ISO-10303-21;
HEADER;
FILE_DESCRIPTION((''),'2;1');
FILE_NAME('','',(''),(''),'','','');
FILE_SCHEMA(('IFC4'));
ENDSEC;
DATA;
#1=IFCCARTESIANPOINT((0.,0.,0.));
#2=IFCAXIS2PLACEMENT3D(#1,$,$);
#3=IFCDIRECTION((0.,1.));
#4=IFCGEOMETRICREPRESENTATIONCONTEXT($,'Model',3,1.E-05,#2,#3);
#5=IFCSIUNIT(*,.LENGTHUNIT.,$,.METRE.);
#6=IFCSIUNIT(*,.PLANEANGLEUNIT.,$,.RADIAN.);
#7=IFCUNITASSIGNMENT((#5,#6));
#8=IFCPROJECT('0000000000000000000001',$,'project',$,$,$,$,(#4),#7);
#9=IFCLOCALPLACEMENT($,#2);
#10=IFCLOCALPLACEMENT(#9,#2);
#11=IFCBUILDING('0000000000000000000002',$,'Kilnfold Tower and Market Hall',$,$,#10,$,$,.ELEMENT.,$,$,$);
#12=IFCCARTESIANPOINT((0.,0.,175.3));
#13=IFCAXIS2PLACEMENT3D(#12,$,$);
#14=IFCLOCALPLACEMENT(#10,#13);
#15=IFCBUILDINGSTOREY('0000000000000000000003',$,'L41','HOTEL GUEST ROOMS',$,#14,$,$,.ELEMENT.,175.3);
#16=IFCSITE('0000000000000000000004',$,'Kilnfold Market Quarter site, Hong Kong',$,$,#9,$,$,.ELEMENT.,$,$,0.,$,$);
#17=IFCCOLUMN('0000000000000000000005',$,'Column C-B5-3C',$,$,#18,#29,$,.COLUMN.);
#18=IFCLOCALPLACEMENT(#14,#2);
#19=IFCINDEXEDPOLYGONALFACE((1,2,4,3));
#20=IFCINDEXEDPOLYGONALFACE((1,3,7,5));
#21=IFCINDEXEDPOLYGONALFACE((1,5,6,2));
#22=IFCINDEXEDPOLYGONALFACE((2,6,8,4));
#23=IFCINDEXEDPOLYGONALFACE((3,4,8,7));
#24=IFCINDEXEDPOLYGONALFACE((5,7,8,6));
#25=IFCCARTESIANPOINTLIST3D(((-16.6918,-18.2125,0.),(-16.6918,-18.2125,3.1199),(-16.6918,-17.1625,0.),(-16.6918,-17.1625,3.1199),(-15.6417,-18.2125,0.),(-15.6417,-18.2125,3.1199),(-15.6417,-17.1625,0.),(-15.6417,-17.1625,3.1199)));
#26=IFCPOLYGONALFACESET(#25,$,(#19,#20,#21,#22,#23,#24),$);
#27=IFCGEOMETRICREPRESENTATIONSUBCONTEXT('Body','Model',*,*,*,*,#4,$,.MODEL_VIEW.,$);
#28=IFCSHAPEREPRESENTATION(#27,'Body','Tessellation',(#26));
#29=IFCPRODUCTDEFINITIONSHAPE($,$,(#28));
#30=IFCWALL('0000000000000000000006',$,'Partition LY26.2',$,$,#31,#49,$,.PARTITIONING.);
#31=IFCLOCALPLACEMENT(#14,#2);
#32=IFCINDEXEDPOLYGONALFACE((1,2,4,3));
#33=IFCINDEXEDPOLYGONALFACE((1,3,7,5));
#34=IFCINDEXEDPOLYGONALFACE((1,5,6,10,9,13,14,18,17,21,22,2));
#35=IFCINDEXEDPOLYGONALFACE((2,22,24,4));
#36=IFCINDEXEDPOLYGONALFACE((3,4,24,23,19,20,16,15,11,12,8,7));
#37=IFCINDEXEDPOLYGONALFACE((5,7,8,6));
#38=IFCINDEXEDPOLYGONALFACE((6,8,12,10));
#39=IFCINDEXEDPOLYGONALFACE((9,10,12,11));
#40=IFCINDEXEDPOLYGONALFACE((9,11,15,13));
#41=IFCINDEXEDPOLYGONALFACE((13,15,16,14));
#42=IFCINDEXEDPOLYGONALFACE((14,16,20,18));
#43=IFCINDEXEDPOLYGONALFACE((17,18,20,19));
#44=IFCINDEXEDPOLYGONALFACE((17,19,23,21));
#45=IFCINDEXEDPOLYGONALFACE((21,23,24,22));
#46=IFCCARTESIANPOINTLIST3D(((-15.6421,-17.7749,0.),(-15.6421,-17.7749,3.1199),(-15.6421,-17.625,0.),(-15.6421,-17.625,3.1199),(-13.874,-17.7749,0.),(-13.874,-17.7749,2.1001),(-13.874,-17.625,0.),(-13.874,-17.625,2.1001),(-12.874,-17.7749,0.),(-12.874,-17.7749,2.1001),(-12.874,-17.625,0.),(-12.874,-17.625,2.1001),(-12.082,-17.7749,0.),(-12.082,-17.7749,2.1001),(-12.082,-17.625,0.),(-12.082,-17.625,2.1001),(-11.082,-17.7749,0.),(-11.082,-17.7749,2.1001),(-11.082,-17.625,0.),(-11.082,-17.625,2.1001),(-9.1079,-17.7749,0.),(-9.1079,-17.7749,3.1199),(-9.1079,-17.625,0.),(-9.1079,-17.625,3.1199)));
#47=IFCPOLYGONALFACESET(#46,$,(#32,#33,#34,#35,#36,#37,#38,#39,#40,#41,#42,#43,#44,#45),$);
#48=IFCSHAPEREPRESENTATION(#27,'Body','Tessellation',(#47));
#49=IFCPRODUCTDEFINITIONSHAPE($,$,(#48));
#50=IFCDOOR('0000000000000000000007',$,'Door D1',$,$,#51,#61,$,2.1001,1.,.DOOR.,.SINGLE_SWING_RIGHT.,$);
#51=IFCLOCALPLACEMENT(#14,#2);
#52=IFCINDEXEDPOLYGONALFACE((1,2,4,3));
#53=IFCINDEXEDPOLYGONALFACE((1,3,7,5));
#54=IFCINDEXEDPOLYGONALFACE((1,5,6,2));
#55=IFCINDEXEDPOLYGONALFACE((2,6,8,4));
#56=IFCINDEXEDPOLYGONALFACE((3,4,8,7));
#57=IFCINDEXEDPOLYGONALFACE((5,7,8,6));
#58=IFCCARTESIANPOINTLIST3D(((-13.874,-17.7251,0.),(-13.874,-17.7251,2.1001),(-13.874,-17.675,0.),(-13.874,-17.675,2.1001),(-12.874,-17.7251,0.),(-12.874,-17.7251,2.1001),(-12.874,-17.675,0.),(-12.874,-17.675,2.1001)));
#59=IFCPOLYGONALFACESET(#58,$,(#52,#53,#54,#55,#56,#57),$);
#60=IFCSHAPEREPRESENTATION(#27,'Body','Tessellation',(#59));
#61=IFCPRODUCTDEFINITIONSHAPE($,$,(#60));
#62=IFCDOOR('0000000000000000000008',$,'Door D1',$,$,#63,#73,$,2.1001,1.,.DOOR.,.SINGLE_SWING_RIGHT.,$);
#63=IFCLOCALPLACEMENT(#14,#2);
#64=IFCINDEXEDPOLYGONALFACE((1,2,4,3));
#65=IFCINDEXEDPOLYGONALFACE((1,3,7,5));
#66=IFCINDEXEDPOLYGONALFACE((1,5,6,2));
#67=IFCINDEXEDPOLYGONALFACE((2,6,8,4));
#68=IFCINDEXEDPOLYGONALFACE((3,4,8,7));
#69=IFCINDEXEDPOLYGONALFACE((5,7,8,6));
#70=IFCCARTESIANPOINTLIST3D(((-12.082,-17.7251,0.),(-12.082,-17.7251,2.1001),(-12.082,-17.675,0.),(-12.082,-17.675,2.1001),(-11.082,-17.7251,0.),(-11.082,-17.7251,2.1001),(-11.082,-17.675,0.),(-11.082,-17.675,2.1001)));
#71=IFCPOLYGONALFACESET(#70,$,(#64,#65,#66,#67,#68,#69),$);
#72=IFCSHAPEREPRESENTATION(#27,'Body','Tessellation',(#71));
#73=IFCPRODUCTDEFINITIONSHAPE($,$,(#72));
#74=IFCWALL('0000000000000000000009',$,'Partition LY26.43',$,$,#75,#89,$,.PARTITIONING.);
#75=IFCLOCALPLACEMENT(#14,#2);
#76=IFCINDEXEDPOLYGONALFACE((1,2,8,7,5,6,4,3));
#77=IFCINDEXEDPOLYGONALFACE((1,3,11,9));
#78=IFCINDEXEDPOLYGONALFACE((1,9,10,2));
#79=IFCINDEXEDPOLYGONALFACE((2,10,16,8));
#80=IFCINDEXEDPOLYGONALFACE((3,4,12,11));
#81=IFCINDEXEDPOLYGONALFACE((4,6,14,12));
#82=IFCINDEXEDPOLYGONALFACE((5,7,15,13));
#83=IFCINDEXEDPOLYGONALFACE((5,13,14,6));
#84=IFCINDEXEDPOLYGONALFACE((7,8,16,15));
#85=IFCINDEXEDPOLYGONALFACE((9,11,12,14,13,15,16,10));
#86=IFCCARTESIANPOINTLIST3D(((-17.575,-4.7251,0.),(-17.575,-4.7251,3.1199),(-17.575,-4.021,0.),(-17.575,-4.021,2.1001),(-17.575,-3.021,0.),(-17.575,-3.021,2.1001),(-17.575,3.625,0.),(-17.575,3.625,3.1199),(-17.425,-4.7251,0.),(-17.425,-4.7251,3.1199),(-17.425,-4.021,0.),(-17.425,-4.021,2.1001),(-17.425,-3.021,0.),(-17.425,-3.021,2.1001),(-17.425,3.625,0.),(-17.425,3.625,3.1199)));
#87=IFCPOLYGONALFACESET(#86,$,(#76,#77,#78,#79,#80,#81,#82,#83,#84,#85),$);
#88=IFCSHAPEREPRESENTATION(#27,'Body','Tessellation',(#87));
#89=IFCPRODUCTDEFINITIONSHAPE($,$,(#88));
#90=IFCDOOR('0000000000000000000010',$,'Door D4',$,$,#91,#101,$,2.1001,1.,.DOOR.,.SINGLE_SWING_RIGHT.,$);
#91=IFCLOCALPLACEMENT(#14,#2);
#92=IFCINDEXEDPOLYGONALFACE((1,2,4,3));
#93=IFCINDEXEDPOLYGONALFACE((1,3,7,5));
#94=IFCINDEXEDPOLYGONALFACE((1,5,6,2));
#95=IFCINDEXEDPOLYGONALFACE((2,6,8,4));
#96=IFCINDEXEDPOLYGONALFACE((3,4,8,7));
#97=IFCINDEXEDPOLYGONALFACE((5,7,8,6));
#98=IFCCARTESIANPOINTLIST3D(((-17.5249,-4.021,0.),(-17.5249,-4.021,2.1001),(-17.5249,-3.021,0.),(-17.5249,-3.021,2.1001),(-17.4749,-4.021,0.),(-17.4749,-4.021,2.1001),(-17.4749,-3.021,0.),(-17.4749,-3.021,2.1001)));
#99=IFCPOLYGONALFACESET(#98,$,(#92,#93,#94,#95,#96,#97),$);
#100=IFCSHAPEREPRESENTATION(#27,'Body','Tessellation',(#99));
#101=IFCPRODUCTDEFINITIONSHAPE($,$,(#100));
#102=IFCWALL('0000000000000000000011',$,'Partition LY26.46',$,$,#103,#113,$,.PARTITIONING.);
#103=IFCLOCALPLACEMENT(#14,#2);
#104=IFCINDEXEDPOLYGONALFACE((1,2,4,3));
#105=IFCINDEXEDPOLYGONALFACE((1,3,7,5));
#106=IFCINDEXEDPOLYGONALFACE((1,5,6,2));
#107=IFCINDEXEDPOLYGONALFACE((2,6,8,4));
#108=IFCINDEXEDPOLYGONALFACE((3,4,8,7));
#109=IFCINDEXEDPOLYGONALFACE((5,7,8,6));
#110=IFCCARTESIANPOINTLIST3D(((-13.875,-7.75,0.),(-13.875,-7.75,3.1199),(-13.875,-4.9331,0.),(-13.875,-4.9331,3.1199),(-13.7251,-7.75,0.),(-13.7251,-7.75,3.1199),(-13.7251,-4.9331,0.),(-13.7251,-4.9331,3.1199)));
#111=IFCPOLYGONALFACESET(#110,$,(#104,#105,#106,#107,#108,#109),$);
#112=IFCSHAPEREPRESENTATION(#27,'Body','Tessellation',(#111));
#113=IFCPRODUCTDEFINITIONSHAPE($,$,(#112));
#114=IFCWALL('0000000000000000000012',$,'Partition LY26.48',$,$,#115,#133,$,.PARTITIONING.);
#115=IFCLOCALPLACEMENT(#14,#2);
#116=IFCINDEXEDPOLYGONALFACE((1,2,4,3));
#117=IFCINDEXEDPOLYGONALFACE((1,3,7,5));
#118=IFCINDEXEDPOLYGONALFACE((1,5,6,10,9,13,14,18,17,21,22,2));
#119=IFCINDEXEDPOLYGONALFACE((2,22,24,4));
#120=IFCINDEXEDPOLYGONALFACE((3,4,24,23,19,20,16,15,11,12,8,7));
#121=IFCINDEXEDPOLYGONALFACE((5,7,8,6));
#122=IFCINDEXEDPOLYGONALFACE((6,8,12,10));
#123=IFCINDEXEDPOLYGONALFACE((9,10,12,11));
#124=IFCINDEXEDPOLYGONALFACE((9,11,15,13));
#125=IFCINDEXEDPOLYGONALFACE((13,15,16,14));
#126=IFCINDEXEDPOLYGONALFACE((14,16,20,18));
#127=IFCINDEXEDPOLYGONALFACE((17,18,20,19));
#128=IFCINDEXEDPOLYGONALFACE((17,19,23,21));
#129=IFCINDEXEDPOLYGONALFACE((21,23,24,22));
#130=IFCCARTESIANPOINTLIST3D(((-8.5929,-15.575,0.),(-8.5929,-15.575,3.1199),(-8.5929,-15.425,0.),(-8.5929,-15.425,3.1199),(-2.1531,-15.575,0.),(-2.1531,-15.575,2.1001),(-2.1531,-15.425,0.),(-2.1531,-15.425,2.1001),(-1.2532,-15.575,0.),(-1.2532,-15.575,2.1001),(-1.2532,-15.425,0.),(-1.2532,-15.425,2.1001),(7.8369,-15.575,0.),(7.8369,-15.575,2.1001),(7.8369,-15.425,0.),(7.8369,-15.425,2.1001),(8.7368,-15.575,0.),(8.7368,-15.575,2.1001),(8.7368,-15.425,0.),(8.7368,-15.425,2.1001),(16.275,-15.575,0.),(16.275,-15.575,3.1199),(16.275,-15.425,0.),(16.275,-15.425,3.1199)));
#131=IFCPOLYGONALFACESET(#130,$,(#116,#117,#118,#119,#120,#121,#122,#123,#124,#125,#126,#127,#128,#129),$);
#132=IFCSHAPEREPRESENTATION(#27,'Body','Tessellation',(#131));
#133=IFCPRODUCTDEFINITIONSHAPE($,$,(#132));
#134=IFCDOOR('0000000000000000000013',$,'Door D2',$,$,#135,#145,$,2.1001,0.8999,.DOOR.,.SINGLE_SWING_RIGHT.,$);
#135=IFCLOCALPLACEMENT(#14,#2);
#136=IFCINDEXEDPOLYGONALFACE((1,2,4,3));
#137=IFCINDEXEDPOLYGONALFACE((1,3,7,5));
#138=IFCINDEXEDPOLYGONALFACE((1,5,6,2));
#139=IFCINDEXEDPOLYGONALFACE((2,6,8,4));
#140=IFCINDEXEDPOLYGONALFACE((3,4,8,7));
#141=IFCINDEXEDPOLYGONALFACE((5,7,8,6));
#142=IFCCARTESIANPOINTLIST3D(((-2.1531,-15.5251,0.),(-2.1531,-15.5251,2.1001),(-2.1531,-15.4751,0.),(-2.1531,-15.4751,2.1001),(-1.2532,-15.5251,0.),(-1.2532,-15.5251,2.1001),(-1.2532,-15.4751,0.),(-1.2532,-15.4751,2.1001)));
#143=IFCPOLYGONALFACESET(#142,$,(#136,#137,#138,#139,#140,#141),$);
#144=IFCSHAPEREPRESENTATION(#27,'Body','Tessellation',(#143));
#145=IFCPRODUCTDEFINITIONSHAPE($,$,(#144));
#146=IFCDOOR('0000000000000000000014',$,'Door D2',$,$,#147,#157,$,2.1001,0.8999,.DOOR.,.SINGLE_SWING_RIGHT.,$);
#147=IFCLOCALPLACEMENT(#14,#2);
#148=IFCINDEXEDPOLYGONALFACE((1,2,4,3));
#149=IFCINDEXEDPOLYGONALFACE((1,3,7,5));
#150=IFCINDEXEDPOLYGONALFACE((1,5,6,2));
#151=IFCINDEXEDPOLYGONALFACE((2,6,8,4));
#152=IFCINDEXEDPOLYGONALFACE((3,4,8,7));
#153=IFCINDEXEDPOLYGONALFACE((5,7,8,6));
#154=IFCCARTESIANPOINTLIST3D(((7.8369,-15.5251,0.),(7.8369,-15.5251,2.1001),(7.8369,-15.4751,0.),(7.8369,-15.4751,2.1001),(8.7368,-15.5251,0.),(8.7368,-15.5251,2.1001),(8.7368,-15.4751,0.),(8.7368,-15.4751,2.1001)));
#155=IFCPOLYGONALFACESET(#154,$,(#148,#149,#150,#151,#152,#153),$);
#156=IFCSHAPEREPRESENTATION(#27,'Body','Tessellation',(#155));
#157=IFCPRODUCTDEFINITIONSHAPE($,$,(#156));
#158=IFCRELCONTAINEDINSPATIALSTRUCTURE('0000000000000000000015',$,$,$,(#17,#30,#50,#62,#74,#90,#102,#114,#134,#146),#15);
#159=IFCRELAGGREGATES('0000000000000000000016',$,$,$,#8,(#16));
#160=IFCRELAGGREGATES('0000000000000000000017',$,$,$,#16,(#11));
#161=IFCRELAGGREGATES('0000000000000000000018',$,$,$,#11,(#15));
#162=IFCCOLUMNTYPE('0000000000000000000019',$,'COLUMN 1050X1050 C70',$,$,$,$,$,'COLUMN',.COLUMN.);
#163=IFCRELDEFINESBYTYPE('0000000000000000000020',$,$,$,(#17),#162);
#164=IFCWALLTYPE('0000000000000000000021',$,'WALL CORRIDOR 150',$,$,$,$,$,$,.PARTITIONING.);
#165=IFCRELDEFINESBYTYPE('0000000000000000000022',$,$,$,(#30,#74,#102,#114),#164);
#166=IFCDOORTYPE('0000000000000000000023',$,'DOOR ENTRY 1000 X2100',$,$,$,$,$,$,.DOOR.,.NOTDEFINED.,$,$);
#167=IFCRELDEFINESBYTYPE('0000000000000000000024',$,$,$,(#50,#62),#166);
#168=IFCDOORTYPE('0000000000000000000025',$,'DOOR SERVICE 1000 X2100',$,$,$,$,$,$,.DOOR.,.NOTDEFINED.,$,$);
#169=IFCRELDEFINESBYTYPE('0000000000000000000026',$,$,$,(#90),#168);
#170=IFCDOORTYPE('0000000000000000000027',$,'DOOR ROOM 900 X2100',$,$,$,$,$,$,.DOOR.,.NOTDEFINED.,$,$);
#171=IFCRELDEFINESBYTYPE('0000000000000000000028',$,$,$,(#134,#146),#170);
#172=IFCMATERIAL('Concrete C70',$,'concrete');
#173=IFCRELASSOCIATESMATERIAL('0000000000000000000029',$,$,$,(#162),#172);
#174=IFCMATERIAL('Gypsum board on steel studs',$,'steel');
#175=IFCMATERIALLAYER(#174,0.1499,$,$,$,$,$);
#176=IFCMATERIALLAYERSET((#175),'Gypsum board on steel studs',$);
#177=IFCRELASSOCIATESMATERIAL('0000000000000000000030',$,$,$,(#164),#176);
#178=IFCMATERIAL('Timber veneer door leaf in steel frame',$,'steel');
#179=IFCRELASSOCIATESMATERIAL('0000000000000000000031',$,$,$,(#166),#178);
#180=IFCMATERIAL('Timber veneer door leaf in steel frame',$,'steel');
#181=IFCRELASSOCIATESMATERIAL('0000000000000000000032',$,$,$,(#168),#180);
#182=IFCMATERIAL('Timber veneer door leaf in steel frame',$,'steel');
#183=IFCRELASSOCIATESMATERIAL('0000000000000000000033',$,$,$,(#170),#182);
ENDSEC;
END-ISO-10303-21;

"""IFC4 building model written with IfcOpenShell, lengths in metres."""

from ifc_helpers import new_model, si_unit, direction, frame, frame_2d, origin, origin_2d, place, context, subcontext, project, spatial, rectangle, extrude, source, transform, mapped, material, layer, layer_set, material_profile, profile_set, type_object, element, fill, save


model = new_model("IFC4")

# Units and contexts
model_context = context("Model", 3, precision=1e-05, world=origin(), true_north=direction((0.0, 1.0)))
body_context = subcontext(model_context, "Body", "Model", "MODEL_VIEW")
ifc_project = project(units=[si_unit("LENGTHUNIT", "METRE"), si_unit("PLANEANGLEUNIT", "RADIAN")], contexts=[model_context])

# Site, building, storey
site_placement = place(None, origin())
site = spatial("IfcSite", under=ifc_project, at=site_placement, Name="Kilnfold Market Quarter site, Hong Kong", CompositionType="ELEMENT", RefElevation=0.0)
building_placement = place(site_placement, origin())
building = spatial("IfcBuilding", under=site, at=building_placement, Name="Kilnfold Tower and Market Hall", CompositionType="ELEMENT")
storey_placement = place(building_placement, frame((0.0, 0.0, 175.3)))
storey = spatial("IfcBuildingStorey", under=building, at=storey_placement, Name="L41", Description="HOTEL GUEST ROOMS", CompositionType="ELEMENT", Elevation=175.3)

# Column
ifc_material_1 = material(Name="Concrete C70", Category="concrete")
ifc_material_profile = material_profile(ifc_material_1, rectangle(XDim=1.05, YDim=1.05, at=origin_2d()), Name="RC 1050x1050")
ifc_profile_set = profile_set([ifc_material_profile], Name="Concrete C70")
column_type = type_object("IfcColumnType", Name="COLUMN 1050X1050 C70", ElementType="COLUMN", PredefinedType="COLUMN", material=ifc_profile_set)
shared_shape_1 = source(origin(), body_context, "Body", "SweptSolid", [
    extrude(rectangle(XDim=1.05, YDim=1.05, at=origin_2d()), origin(), (0.0, 0.0, 1.0), 3.1199),
])
column_placement = place(storey_placement, frame((-16.1667, -17.6875, 0.0), z_axis=(0.0, 0.0, 1.0), x_axis=(1.0, 0.0, 0.0)))
element("IfcColumn", 1, at=column_placement, inside=storey, type_object=column_type, Name="Column C-B5-3C", PredefinedType="COLUMN", context=body_context, shape_type="MappedRepresentation", body=[
    mapped(shared_shape_1, transform((0.0, 0.0, 0.0))),
])

# Wall, openings, doors
ifc_material_2 = material(Name="Gypsum board on steel studs", Category="steel")
ifc_layer_1 = layer(ifc_material_2, 0.1499)
ifc_layer_set_1 = layer_set([ifc_layer_1], Name="Gypsum board on steel studs")
wall_type_1 = type_object("IfcWallType", Name="WALL CORRIDOR 150", PredefinedType="PARTITIONING", material=ifc_layer_set_1)
wall_1_placement = place(storey_placement, frame((-15.6421, -17.7, 0.0), z_axis=(0.0, 0.0, 1.0), x_axis=(1.0, 0.0, 0.0)))
wall_1 = element("IfcWall", 2, at=wall_1_placement, inside=storey, type_object=wall_type_1, Name="Partition LY26.2", PredefinedType="PARTITIONING", context=body_context, shape_type="SweptSolid", body=[
    extrude(rectangle(XDim=6.5342, YDim=0.1499, at=frame_2d((3.2671, 0.0))), origin(), (0.0, 0.0, 1.0), 3.1199),
])
opening_1_placement = place(wall_1_placement, frame((1.7681, 0.0, 0.0)))
opening_1 = element("IfcOpeningElement", 3, at=opening_1_placement, cuts=wall_1, PredefinedType="OPENING", context=body_context, shape_type="SweptSolid", body=[
    extrude(rectangle(XDim=1.0, YDim=2.1001, at=frame_2d((0.5, 1.05))), frame((0.0, 0.085, 0.0), z_axis=(0.0, -1.0, 0.0), x_axis=(1.0, 0.0, 0.0)), (0.0, 0.0, 1.0), 0.1699),
])
opening_2_placement = place(wall_1_placement, frame((3.5601, 0.0, 0.0)))
opening_2 = element("IfcOpeningElement", 4, at=opening_2_placement, cuts=wall_1, PredefinedType="OPENING", context=body_context, shape_type="SweptSolid", body=[
    extrude(rectangle(XDim=1.0, YDim=2.1001, at=frame_2d((0.5, 1.05))), frame((0.0, 0.085, 0.0), z_axis=(0.0, -1.0, 0.0), x_axis=(1.0, 0.0, 0.0)), (0.0, 0.0, 1.0), 0.1699),
])
ifc_material_3 = material(Name="Timber veneer door leaf in steel frame", Category="steel")
door_type_1 = type_object("IfcDoorType", Name="DOOR ENTRY 1000 X2100", OperationType="NOTDEFINED", PredefinedType="DOOR", material=ifc_material_3)
door_1_placement = place(opening_1_placement, origin())
door_1 = element("IfcDoor", 5, at=door_1_placement, inside=storey, type_object=door_type_1, Name="Door D1", OperationType="SINGLE_SWING_RIGHT", OverallHeight=2.1001, OverallWidth=1.0, PredefinedType="DOOR", context=body_context, shape_type="SweptSolid", body=[
    extrude(rectangle(XDim=1.0, YDim=2.1001, at=frame_2d((0.5, 1.05))), frame((0.0, 0.0249, 0.0), z_axis=(0.0, -1.0, 0.0), x_axis=(1.0, 0.0, 0.0)), (0.0, 0.0, 1.0), 0.05),
])
fill(opening_1, door_1)
door_2_placement = place(opening_2_placement, origin())
door_2 = element("IfcDoor", 6, at=door_2_placement, inside=storey, type_object=door_type_1, Name="Door D1", OperationType="SINGLE_SWING_RIGHT", OverallHeight=2.1001, OverallWidth=1.0, PredefinedType="DOOR", context=body_context, shape_type="SweptSolid", body=[
    extrude(rectangle(XDim=1.0, YDim=2.1001, at=frame_2d((0.5, 1.05))), frame((0.0, 0.0249, 0.0), z_axis=(0.0, -1.0, 0.0), x_axis=(1.0, 0.0, 0.0)), (0.0, 0.0, 1.0), 0.05),
])
fill(opening_2, door_2)

# Wall, opening, door
wall_2_placement = place(storey_placement, frame((-17.5, -4.7251, 0.0), z_axis=(0.0, 0.0, 1.0), x_axis=(0.0, 1.0, 0.0)))
wall_2 = element("IfcWall", 7, at=wall_2_placement, inside=storey, type_object=wall_type_1, Name="Partition LY26.43", PredefinedType="PARTITIONING", context=body_context, shape_type="SweptSolid", body=[
    extrude(rectangle(XDim=8.3501, YDim=0.1499, at=frame_2d((4.175, 0.0))), origin(), (0.0, 0.0, 1.0), 3.1199),
])
opening_3_placement = place(wall_2_placement, frame((0.7041, 0.0, 0.0)))
opening_3 = element("IfcOpeningElement", 8, at=opening_3_placement, cuts=wall_2, PredefinedType="OPENING", context=body_context, shape_type="SweptSolid", body=[
    extrude(rectangle(XDim=1.0, YDim=2.1001, at=frame_2d((0.5, 1.05))), frame((0.0, 0.085, 0.0), z_axis=(0.0, -1.0, 0.0), x_axis=(1.0, 0.0, 0.0)), (0.0, 0.0, 1.0), 0.1699),
])
ifc_material_4 = material(Name="Timber veneer door leaf in steel frame", Category="steel")
door_type_2 = type_object("IfcDoorType", Name="DOOR SERVICE 1000 X2100", OperationType="NOTDEFINED", PredefinedType="DOOR", material=ifc_material_4)
door_3_placement = place(opening_3_placement, origin())
door_3 = element("IfcDoor", 9, at=door_3_placement, inside=storey, type_object=door_type_2, Name="Door D4", OperationType="SINGLE_SWING_RIGHT", OverallHeight=2.1001, OverallWidth=1.0, PredefinedType="DOOR", context=body_context, shape_type="SweptSolid", body=[
    extrude(rectangle(XDim=1.0, YDim=2.1001, at=frame_2d((0.5, 1.05))), frame((0.0, 0.0249, 0.0), z_axis=(0.0, -1.0, 0.0), x_axis=(1.0, 0.0, 0.0)), (0.0, 0.0, 1.0), 0.05),
])
fill(opening_3, door_3)

# Wall
wall_3_placement = place(storey_placement, frame((-13.8, -7.75, 0.0), z_axis=(0.0, 0.0, 1.0), x_axis=(0.0, 1.0, 0.0)))
element("IfcWall", 10, at=wall_3_placement, inside=storey, type_object=wall_type_1, Name="Partition LY26.46", PredefinedType="PARTITIONING", context=body_context, shape_type="SweptSolid", body=[
    extrude(rectangle(XDim=2.8169, YDim=0.1499, at=frame_2d((1.4084, 0.0))), origin(), (0.0, 0.0, 1.0), 3.1199),
])

# Wall, openings, doors
wall_4_placement = place(storey_placement, frame((-8.593, -15.5, 0.0), z_axis=(0.0, 0.0, 1.0), x_axis=(1.0, 0.0, 0.0)))
wall_4 = element("IfcWall", 11, at=wall_4_placement, inside=storey, type_object=wall_type_1, Name="Partition LY26.48", PredefinedType="PARTITIONING", context=body_context, shape_type="SweptSolid", body=[
    extrude(rectangle(XDim=24.8679, YDim=0.1499, at=frame_2d((12.4341, 0.0))), origin(), (0.0, 0.0, 1.0), 3.1199),
])
opening_4_placement = place(wall_4_placement, frame((6.4399, 0.0, 0.0)))
opening_4 = element("IfcOpeningElement", 12, at=opening_4_placement, cuts=wall_4, PredefinedType="OPENING", context=body_context, shape_type="SweptSolid", body=[
    extrude(rectangle(XDim=0.8999, YDim=2.1001, at=frame_2d((0.45, 1.05))), frame((0.0, 0.085, 0.0), z_axis=(0.0, -1.0, 0.0), x_axis=(1.0, 0.0, 0.0)), (0.0, 0.0, 1.0), 0.1699),
])
opening_5_placement = place(wall_4_placement, frame((16.4299, 0.0, 0.0)))
opening_5 = element("IfcOpeningElement", 13, at=opening_5_placement, cuts=wall_4, PredefinedType="OPENING", context=body_context, shape_type="SweptSolid", body=[
    extrude(rectangle(XDim=0.8999, YDim=2.1001, at=frame_2d((0.45, 1.05))), frame((0.0, 0.085, 0.0), z_axis=(0.0, -1.0, 0.0), x_axis=(1.0, 0.0, 0.0)), (0.0, 0.0, 1.0), 0.1699),
])
ifc_material_5 = material(Name="Timber veneer door leaf in steel frame", Category="steel")
door_type_3 = type_object("IfcDoorType", Name="DOOR ROOM 900 X2100", OperationType="NOTDEFINED", PredefinedType="DOOR", material=ifc_material_5)
door_4_placement = place(opening_4_placement, origin())
door_4 = element("IfcDoor", 14, at=door_4_placement, inside=storey, type_object=door_type_3, Name="Door D2", OperationType="SINGLE_SWING_RIGHT", OverallHeight=2.1001, OverallWidth=0.8999, PredefinedType="DOOR", context=body_context, shape_type="SweptSolid", body=[
    extrude(rectangle(XDim=0.8999, YDim=2.1001, at=frame_2d((0.45, 1.05))), frame((0.0, 0.0249, 0.0), z_axis=(0.0, -1.0, 0.0), x_axis=(1.0, 0.0, 0.0)), (0.0, 0.0, 1.0), 0.05),
])
fill(opening_4, door_4)
door_5_placement = place(opening_5_placement, origin())
door_5 = element("IfcDoor", 15, at=door_5_placement, inside=storey, type_object=door_type_3, Name="Door D2", OperationType="SINGLE_SWING_RIGHT", OverallHeight=2.1001, OverallWidth=0.8999, PredefinedType="DOOR", context=body_context, shape_type="SweptSolid", body=[
    extrude(rectangle(XDim=0.8999, YDim=2.1001, at=frame_2d((0.45, 1.05))), frame((0.0, 0.0249, 0.0), z_axis=(0.0, -1.0, 0.0), x_axis=(1.0, 0.0, 0.0)), (0.0, 0.0, 1.0), 0.05),
])
fill(opening_5, door_5)

save(model, "model.ifc")
